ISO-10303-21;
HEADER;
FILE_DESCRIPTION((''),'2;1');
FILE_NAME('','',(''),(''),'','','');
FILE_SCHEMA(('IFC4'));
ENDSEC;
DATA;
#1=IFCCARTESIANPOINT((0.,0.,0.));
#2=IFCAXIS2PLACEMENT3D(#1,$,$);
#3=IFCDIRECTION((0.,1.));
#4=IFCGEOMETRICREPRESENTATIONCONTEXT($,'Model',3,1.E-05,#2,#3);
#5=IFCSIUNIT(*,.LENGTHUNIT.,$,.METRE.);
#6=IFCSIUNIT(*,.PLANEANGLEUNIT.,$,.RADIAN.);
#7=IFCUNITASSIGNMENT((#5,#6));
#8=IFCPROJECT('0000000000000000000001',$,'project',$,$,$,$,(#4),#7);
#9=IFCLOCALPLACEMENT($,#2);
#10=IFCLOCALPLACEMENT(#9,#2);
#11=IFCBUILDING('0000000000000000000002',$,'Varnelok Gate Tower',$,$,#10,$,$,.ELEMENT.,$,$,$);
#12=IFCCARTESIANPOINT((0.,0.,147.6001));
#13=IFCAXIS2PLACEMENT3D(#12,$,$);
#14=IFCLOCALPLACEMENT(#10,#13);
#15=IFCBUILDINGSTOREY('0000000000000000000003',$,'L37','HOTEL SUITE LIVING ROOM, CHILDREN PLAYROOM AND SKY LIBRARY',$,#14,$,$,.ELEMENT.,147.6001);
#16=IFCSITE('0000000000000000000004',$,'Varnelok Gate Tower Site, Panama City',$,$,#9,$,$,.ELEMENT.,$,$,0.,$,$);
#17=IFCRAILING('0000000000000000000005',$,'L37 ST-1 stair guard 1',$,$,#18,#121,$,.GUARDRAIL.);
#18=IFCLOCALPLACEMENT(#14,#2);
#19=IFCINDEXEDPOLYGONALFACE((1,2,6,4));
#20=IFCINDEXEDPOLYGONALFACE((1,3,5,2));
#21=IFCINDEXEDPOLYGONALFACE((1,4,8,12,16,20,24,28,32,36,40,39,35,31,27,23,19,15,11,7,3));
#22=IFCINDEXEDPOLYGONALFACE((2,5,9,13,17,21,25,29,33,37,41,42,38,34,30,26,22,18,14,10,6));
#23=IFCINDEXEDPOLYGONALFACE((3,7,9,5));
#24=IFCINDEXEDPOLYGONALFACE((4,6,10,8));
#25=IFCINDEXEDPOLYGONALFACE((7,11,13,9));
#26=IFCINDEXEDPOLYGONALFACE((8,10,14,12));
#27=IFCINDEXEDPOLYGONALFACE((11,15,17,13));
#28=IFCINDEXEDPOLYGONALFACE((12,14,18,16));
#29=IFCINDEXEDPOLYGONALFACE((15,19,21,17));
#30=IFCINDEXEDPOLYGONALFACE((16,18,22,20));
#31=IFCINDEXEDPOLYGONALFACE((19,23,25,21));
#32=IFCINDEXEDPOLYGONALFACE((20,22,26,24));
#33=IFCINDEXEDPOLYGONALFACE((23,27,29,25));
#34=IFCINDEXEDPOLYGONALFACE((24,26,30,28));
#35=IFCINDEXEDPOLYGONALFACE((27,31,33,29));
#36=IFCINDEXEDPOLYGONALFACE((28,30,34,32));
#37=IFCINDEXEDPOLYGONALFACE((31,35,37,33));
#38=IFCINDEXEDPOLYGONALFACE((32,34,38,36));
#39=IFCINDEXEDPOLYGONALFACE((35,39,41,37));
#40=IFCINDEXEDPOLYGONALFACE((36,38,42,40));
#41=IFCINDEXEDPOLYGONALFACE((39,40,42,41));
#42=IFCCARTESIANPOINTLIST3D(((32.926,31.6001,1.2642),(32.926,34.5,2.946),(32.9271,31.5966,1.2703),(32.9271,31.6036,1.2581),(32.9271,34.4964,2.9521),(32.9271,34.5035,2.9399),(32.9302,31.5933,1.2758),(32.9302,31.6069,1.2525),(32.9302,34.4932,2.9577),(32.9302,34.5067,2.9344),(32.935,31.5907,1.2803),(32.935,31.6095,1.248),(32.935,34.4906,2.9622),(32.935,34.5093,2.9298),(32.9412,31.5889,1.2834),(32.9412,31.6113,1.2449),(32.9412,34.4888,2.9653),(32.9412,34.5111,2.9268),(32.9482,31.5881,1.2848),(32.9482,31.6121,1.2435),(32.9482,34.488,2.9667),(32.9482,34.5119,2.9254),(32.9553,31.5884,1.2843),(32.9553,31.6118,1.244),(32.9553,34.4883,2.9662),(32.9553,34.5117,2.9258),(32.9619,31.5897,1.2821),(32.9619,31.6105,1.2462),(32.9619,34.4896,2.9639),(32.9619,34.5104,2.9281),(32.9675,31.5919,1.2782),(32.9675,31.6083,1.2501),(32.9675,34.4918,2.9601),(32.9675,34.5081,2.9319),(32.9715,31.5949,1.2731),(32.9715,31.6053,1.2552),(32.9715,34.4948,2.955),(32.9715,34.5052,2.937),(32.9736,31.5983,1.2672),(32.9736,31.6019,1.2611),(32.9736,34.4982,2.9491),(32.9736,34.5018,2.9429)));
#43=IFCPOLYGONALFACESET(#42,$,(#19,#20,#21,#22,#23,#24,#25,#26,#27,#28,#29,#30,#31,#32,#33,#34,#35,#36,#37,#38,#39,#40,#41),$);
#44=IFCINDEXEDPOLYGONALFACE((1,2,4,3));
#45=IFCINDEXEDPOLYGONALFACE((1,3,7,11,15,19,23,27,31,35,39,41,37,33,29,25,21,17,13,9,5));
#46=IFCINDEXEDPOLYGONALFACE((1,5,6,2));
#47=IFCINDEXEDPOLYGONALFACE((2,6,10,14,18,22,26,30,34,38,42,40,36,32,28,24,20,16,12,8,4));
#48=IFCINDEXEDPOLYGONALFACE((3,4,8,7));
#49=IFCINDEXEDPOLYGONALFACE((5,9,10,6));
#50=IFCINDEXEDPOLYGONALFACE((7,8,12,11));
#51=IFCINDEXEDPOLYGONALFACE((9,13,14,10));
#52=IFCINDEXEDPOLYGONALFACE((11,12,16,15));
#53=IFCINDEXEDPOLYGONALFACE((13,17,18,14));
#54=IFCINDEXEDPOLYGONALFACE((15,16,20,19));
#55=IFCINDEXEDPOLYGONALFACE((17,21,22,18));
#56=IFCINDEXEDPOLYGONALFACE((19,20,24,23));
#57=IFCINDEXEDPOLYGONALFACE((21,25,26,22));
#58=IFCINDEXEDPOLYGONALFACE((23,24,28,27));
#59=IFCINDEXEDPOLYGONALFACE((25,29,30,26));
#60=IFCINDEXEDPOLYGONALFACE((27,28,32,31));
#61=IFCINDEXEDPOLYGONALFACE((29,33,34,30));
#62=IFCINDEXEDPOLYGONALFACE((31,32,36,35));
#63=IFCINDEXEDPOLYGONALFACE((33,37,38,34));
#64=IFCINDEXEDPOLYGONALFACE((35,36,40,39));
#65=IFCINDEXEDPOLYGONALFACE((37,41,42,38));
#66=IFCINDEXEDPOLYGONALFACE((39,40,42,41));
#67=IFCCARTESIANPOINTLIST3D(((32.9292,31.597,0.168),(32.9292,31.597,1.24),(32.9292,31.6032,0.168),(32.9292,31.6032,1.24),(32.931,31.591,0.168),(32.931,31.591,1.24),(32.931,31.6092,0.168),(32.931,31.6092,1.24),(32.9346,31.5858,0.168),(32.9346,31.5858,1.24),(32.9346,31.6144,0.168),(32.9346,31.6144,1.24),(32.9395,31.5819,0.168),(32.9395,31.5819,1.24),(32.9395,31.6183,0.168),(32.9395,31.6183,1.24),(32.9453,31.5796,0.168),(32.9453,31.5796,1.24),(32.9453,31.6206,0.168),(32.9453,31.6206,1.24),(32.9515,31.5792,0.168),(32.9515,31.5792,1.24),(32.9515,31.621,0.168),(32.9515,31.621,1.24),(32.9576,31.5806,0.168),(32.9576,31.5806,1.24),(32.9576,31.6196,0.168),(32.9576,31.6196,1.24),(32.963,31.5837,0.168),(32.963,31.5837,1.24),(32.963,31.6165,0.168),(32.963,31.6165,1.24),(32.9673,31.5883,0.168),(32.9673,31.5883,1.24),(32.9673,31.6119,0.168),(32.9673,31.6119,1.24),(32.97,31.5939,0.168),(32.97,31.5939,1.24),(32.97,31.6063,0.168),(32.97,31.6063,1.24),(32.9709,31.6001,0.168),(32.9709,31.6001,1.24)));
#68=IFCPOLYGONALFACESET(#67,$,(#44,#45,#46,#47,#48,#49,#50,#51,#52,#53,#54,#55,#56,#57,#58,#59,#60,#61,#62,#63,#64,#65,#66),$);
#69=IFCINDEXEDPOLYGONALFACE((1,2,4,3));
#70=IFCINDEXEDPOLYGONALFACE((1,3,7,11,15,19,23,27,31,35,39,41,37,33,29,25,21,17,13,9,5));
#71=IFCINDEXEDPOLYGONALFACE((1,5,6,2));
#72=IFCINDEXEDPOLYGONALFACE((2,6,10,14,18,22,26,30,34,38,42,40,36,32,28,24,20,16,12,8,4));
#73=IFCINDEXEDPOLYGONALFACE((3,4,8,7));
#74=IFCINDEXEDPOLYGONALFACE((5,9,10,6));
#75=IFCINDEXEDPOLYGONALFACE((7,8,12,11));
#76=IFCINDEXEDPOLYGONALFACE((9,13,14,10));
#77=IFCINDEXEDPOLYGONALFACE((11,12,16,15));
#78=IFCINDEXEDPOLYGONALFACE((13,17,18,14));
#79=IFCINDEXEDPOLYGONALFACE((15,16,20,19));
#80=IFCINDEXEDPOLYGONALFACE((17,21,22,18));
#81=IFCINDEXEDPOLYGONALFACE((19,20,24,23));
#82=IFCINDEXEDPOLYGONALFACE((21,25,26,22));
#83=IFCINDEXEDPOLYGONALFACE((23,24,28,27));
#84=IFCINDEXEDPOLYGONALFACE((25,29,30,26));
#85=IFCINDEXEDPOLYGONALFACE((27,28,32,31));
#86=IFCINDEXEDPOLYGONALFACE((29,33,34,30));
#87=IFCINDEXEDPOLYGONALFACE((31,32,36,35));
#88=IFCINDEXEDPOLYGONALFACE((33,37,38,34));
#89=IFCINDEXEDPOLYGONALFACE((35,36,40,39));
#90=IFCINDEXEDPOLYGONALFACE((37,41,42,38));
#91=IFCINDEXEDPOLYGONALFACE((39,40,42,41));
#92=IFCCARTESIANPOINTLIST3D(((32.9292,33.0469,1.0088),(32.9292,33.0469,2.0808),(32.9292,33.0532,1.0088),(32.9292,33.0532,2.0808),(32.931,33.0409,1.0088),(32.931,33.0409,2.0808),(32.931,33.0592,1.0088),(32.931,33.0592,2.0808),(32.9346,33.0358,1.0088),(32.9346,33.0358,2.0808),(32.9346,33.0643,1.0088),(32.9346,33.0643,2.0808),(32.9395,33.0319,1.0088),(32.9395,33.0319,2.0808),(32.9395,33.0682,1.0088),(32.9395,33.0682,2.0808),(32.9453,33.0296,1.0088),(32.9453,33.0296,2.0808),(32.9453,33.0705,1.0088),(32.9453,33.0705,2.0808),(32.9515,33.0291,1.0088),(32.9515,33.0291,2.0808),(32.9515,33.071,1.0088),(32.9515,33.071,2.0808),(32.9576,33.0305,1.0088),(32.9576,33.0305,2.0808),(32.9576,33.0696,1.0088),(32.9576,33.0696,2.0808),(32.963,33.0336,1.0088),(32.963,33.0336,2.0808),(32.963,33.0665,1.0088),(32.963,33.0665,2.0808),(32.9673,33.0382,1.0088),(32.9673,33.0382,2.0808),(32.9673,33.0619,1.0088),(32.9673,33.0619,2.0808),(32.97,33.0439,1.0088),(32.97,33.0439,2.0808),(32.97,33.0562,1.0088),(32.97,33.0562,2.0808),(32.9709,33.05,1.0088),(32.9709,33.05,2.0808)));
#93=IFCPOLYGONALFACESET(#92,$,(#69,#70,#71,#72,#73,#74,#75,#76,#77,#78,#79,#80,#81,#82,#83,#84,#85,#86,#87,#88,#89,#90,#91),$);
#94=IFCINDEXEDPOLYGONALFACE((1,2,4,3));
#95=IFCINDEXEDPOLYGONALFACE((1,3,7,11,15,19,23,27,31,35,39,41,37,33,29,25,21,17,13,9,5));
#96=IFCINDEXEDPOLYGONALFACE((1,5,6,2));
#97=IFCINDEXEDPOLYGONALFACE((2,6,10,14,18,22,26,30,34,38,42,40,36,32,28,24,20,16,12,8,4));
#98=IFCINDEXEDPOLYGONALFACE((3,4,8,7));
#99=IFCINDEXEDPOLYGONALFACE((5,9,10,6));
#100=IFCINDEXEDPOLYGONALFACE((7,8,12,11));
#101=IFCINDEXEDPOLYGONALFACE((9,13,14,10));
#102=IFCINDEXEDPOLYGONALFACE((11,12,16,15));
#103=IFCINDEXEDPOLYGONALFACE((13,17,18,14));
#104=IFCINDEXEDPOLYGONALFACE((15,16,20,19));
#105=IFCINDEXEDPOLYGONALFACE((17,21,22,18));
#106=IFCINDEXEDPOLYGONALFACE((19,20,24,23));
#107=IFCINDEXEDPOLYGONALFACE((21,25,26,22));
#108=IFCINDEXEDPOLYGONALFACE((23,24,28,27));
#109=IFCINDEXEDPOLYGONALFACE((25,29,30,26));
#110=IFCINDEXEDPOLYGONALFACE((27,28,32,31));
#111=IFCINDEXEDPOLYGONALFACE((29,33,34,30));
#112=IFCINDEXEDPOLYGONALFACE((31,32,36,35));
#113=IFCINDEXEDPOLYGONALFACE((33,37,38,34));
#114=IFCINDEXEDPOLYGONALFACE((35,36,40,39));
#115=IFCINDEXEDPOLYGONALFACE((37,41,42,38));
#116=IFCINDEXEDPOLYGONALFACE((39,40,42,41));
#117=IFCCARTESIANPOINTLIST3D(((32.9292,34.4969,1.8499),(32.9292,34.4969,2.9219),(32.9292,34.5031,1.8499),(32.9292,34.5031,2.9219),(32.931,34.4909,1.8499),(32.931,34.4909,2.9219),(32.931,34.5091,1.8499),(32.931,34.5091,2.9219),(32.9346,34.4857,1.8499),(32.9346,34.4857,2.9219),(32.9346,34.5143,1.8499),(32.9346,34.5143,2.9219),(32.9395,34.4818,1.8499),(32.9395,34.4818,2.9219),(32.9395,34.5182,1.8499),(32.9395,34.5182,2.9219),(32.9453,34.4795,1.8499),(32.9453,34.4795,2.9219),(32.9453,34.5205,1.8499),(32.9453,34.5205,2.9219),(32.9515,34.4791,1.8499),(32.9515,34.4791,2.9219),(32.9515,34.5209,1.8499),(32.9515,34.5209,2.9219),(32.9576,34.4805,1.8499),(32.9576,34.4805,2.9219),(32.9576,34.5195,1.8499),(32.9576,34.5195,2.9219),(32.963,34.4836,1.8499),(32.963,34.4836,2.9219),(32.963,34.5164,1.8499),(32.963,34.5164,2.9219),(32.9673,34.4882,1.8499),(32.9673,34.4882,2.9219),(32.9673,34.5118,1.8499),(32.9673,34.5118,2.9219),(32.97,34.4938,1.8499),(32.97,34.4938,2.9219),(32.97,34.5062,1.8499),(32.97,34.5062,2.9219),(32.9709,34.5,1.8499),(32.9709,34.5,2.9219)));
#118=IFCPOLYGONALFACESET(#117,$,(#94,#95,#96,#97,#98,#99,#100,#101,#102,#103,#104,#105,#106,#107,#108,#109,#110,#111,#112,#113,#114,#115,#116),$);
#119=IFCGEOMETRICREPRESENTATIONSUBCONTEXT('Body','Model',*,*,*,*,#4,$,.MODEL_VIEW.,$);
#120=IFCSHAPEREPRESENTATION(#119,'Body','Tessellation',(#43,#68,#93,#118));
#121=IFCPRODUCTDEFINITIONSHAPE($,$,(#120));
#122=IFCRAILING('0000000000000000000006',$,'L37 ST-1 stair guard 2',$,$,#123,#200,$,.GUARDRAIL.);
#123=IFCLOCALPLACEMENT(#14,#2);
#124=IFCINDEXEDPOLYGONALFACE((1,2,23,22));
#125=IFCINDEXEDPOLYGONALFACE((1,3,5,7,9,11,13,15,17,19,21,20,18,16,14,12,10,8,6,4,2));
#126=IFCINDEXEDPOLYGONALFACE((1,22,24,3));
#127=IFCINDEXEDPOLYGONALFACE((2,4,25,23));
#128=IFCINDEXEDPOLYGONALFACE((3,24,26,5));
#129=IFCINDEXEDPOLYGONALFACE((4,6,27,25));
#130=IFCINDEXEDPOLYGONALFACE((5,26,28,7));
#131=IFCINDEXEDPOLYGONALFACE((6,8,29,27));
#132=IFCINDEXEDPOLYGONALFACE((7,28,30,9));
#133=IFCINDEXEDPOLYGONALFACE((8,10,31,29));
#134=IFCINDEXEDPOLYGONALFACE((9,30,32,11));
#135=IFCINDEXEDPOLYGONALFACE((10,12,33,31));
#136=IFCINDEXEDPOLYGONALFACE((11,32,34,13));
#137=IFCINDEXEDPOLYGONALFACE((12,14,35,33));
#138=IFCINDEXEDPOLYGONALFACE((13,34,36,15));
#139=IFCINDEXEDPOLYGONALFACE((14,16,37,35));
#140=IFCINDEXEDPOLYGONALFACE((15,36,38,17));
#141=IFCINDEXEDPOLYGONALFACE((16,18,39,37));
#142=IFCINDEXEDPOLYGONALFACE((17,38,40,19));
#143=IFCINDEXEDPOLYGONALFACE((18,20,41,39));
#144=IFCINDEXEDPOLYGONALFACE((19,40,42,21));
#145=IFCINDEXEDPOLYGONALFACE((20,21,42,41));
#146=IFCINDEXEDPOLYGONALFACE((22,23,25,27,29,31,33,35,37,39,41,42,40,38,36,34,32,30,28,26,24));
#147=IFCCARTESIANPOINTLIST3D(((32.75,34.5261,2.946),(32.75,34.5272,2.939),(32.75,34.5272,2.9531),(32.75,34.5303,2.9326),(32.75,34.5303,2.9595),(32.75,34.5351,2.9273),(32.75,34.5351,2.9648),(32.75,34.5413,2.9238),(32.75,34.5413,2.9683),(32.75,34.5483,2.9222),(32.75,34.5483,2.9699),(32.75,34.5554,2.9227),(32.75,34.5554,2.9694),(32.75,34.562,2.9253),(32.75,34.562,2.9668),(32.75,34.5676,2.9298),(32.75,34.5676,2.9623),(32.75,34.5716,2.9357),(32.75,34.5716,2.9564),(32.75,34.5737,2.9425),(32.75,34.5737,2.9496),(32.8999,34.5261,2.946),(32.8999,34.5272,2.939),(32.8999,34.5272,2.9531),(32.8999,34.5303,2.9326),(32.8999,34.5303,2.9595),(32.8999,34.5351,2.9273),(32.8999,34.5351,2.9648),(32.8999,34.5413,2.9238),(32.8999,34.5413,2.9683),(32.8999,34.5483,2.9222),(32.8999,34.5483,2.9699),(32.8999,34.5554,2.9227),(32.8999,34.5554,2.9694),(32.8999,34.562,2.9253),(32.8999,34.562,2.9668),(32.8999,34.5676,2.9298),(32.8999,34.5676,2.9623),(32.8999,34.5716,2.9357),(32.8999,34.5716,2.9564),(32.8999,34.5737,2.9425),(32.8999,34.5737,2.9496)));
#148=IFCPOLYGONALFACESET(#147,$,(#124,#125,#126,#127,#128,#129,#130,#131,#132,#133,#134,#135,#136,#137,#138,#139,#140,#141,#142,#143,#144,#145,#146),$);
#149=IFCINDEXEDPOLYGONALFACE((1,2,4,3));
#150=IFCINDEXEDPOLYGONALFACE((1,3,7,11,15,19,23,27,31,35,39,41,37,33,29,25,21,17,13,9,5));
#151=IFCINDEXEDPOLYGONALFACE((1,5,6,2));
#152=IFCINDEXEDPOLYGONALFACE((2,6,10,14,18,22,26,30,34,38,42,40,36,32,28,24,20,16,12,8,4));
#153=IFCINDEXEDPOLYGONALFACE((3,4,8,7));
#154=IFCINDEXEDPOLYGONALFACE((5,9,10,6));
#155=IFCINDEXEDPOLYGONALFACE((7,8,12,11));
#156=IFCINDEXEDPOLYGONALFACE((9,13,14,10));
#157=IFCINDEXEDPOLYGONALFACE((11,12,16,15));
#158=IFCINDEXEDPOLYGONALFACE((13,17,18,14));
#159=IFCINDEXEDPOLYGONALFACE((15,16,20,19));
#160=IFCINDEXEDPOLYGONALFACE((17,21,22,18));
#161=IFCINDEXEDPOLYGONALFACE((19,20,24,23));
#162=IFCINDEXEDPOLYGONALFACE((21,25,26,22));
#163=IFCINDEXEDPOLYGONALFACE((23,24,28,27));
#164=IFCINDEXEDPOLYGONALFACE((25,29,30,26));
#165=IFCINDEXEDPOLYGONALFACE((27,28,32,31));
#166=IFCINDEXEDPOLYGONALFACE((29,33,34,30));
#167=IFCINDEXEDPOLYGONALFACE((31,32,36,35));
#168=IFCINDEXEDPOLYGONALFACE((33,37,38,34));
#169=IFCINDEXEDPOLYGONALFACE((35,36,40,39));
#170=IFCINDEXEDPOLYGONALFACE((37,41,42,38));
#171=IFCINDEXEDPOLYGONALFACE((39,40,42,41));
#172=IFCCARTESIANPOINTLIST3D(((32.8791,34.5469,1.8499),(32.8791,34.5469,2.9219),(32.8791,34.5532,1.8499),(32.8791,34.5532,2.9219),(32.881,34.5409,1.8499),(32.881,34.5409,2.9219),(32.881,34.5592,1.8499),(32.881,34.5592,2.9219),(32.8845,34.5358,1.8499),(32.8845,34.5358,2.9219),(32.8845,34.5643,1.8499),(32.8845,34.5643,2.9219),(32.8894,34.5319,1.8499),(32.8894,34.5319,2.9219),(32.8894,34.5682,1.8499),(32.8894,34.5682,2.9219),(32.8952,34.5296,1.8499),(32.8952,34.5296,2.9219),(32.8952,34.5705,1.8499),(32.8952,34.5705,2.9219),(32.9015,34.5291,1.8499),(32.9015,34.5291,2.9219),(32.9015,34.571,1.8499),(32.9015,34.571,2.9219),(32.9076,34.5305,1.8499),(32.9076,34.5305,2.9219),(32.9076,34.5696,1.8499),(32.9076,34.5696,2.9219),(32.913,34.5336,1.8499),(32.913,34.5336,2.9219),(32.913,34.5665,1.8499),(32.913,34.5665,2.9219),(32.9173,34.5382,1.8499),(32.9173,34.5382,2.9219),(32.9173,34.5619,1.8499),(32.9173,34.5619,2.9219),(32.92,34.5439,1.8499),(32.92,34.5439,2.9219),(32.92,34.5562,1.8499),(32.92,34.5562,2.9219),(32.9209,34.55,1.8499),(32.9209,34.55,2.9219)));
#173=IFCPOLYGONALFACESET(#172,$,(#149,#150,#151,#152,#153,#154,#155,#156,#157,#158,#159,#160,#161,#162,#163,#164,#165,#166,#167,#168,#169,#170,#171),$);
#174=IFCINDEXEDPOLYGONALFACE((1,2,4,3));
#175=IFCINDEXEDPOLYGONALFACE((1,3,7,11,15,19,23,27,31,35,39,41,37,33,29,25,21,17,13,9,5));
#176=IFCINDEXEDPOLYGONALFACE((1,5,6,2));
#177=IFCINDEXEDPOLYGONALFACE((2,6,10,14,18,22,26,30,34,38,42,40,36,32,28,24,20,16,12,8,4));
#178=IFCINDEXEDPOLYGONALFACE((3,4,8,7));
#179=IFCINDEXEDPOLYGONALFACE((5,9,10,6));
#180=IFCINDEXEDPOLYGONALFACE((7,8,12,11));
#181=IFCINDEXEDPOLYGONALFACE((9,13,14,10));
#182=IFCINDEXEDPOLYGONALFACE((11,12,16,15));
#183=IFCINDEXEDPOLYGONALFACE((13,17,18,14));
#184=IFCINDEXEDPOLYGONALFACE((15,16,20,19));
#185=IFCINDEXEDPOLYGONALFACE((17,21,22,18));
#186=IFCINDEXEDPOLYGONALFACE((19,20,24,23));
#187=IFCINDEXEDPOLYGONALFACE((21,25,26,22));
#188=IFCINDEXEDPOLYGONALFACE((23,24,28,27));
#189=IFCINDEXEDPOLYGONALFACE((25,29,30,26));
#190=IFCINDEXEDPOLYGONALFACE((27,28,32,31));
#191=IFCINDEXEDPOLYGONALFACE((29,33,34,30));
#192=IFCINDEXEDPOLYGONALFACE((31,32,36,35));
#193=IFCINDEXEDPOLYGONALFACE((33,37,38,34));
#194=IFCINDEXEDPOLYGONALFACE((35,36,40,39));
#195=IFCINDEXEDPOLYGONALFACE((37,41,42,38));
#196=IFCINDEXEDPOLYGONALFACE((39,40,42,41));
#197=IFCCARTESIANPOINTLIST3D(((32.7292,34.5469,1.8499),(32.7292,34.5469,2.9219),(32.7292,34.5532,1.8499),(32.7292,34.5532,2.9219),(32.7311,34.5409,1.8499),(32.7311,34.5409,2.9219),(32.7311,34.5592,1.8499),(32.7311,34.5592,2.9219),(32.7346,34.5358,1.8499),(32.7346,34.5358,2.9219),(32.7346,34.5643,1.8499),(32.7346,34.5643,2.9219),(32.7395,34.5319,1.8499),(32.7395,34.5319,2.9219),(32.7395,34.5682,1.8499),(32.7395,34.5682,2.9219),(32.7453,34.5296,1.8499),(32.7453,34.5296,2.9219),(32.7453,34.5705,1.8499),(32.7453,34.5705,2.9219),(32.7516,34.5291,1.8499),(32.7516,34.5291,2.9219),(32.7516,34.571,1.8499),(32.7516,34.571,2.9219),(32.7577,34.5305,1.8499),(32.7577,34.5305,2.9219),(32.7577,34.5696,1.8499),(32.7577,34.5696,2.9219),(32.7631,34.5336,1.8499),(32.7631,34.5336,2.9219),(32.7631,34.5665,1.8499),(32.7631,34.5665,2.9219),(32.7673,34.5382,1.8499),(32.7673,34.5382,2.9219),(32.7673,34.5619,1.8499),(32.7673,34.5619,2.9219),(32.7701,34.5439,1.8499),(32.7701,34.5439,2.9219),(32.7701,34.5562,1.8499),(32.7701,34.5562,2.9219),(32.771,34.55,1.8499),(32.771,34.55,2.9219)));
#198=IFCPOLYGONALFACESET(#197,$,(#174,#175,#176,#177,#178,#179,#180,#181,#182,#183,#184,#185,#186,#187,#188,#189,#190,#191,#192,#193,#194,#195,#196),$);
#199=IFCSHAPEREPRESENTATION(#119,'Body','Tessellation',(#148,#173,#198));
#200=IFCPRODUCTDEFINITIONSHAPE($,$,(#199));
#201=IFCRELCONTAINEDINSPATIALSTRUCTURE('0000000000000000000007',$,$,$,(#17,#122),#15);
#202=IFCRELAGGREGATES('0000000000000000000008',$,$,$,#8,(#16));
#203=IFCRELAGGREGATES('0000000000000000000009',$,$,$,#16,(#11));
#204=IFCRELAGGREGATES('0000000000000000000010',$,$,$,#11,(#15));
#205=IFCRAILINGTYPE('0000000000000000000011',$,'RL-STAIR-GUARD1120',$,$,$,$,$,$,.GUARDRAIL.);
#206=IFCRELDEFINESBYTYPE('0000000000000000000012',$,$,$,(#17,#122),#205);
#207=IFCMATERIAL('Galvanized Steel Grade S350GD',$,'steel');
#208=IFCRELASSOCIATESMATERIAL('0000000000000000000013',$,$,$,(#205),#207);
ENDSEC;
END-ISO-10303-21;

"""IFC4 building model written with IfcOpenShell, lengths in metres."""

from ifc_helpers import new_model, si_unit, direction, frame, origin, origin_2d, place, context, subcontext, project, spatial, circle, extrude, material, type_object, element, save


model = new_model("IFC4")

# Units and contexts
model_context = context("Model", 3, precision=1e-05, world=origin(), true_north=direction((0.0, 1.0)))
body_context = subcontext(model_context, "Body", "Model", "MODEL_VIEW")
ifc_project = project(units=[si_unit("LENGTHUNIT", "METRE"), si_unit("PLANEANGLEUNIT", "RADIAN")], contexts=[model_context])

# Site, building, storey
site_placement = place(None, origin())
site = spatial("IfcSite", under=ifc_project, at=site_placement, Name="Varnelok Gate Tower Site, Panama City", CompositionType="ELEMENT", RefElevation=0.0)
building_placement = place(site_placement, origin())
building = spatial("IfcBuilding", under=site, at=building_placement, Name="Varnelok Gate Tower", CompositionType="ELEMENT")
storey_placement = place(building_placement, frame((0.0, 0.0, 147.6001)))
storey = spatial("IfcBuildingStorey", under=building, at=storey_placement, Name="L37", Description="HOTEL SUITE LIVING ROOM, CHILDREN PLAYROOM AND SKY LIBRARY", CompositionType="ELEMENT", Elevation=147.6001)

# Shared definitions
ifc_material_1 = material(Name="Galvanized Steel Grade S350GD", Category="steel")

# Railings
railing_type_1 = type_object("IfcRailingType", Name="RL-STAIR-GUARD1120", PredefinedType="GUARDRAIL", material=ifc_material_1)
railing_1_placement = place(storey_placement, frame((32.95, 31.6001, 0.168)))
element("IfcRailing", 1, at=railing_1_placement, inside=storey, type_object=railing_type_1, Name="L37 ST-1 stair guard 1", PredefinedType="GUARDRAIL", context=body_context, shape_type="SweptSolid", body=[
    extrude(circle(Radius=0.0239, at=origin_2d()), frame((0.0, 0.0, 1.0962), z_axis=(0.0, 0.865039, 0.501705), x_axis=(-1.0, 0.0, 0.0)), (0.0, 0.0, 1.0), 3.3523),
    extrude(circle(Radius=0.021, at=origin_2d()), origin(), (0.0, 0.0, 1.0), 1.072),
    extrude(circle(Radius=0.021, at=origin_2d()), frame((0.0, 1.45, 0.8408)), (0.0, 0.0, 1.0), 1.072),
    extrude(circle(Radius=0.021, at=origin_2d()), frame((0.0, 2.8999, 1.6819)), (0.0, 0.0, 1.0), 1.072),
])
railing_2_placement = place(storey_placement, frame((32.8999, 34.55, 1.8499)))
element("IfcRailing", 2, at=railing_2_placement, inside=storey, type_object=railing_type_1, Name="L37 ST-1 stair guard 2", PredefinedType="GUARDRAIL", context=body_context, shape_type="SweptSolid", body=[
    extrude(circle(Radius=0.0239, at=origin_2d()), frame((0.0, 0.0, 1.0962), z_axis=(-1.0, 0.0, 0.0), x_axis=(0.0, -1.0, 0.0)), (0.0, 0.0, 1.0), 0.1499),
    extrude(circle(Radius=0.021, at=origin_2d()), origin(), (0.0, 0.0, 1.0), 1.072),
    extrude(circle(Radius=0.021, at=origin_2d()), frame((-0.1499, 0.0, 0.0)), (0.0, 0.0, 1.0), 1.072),
])

save(model, "model.ifc")
